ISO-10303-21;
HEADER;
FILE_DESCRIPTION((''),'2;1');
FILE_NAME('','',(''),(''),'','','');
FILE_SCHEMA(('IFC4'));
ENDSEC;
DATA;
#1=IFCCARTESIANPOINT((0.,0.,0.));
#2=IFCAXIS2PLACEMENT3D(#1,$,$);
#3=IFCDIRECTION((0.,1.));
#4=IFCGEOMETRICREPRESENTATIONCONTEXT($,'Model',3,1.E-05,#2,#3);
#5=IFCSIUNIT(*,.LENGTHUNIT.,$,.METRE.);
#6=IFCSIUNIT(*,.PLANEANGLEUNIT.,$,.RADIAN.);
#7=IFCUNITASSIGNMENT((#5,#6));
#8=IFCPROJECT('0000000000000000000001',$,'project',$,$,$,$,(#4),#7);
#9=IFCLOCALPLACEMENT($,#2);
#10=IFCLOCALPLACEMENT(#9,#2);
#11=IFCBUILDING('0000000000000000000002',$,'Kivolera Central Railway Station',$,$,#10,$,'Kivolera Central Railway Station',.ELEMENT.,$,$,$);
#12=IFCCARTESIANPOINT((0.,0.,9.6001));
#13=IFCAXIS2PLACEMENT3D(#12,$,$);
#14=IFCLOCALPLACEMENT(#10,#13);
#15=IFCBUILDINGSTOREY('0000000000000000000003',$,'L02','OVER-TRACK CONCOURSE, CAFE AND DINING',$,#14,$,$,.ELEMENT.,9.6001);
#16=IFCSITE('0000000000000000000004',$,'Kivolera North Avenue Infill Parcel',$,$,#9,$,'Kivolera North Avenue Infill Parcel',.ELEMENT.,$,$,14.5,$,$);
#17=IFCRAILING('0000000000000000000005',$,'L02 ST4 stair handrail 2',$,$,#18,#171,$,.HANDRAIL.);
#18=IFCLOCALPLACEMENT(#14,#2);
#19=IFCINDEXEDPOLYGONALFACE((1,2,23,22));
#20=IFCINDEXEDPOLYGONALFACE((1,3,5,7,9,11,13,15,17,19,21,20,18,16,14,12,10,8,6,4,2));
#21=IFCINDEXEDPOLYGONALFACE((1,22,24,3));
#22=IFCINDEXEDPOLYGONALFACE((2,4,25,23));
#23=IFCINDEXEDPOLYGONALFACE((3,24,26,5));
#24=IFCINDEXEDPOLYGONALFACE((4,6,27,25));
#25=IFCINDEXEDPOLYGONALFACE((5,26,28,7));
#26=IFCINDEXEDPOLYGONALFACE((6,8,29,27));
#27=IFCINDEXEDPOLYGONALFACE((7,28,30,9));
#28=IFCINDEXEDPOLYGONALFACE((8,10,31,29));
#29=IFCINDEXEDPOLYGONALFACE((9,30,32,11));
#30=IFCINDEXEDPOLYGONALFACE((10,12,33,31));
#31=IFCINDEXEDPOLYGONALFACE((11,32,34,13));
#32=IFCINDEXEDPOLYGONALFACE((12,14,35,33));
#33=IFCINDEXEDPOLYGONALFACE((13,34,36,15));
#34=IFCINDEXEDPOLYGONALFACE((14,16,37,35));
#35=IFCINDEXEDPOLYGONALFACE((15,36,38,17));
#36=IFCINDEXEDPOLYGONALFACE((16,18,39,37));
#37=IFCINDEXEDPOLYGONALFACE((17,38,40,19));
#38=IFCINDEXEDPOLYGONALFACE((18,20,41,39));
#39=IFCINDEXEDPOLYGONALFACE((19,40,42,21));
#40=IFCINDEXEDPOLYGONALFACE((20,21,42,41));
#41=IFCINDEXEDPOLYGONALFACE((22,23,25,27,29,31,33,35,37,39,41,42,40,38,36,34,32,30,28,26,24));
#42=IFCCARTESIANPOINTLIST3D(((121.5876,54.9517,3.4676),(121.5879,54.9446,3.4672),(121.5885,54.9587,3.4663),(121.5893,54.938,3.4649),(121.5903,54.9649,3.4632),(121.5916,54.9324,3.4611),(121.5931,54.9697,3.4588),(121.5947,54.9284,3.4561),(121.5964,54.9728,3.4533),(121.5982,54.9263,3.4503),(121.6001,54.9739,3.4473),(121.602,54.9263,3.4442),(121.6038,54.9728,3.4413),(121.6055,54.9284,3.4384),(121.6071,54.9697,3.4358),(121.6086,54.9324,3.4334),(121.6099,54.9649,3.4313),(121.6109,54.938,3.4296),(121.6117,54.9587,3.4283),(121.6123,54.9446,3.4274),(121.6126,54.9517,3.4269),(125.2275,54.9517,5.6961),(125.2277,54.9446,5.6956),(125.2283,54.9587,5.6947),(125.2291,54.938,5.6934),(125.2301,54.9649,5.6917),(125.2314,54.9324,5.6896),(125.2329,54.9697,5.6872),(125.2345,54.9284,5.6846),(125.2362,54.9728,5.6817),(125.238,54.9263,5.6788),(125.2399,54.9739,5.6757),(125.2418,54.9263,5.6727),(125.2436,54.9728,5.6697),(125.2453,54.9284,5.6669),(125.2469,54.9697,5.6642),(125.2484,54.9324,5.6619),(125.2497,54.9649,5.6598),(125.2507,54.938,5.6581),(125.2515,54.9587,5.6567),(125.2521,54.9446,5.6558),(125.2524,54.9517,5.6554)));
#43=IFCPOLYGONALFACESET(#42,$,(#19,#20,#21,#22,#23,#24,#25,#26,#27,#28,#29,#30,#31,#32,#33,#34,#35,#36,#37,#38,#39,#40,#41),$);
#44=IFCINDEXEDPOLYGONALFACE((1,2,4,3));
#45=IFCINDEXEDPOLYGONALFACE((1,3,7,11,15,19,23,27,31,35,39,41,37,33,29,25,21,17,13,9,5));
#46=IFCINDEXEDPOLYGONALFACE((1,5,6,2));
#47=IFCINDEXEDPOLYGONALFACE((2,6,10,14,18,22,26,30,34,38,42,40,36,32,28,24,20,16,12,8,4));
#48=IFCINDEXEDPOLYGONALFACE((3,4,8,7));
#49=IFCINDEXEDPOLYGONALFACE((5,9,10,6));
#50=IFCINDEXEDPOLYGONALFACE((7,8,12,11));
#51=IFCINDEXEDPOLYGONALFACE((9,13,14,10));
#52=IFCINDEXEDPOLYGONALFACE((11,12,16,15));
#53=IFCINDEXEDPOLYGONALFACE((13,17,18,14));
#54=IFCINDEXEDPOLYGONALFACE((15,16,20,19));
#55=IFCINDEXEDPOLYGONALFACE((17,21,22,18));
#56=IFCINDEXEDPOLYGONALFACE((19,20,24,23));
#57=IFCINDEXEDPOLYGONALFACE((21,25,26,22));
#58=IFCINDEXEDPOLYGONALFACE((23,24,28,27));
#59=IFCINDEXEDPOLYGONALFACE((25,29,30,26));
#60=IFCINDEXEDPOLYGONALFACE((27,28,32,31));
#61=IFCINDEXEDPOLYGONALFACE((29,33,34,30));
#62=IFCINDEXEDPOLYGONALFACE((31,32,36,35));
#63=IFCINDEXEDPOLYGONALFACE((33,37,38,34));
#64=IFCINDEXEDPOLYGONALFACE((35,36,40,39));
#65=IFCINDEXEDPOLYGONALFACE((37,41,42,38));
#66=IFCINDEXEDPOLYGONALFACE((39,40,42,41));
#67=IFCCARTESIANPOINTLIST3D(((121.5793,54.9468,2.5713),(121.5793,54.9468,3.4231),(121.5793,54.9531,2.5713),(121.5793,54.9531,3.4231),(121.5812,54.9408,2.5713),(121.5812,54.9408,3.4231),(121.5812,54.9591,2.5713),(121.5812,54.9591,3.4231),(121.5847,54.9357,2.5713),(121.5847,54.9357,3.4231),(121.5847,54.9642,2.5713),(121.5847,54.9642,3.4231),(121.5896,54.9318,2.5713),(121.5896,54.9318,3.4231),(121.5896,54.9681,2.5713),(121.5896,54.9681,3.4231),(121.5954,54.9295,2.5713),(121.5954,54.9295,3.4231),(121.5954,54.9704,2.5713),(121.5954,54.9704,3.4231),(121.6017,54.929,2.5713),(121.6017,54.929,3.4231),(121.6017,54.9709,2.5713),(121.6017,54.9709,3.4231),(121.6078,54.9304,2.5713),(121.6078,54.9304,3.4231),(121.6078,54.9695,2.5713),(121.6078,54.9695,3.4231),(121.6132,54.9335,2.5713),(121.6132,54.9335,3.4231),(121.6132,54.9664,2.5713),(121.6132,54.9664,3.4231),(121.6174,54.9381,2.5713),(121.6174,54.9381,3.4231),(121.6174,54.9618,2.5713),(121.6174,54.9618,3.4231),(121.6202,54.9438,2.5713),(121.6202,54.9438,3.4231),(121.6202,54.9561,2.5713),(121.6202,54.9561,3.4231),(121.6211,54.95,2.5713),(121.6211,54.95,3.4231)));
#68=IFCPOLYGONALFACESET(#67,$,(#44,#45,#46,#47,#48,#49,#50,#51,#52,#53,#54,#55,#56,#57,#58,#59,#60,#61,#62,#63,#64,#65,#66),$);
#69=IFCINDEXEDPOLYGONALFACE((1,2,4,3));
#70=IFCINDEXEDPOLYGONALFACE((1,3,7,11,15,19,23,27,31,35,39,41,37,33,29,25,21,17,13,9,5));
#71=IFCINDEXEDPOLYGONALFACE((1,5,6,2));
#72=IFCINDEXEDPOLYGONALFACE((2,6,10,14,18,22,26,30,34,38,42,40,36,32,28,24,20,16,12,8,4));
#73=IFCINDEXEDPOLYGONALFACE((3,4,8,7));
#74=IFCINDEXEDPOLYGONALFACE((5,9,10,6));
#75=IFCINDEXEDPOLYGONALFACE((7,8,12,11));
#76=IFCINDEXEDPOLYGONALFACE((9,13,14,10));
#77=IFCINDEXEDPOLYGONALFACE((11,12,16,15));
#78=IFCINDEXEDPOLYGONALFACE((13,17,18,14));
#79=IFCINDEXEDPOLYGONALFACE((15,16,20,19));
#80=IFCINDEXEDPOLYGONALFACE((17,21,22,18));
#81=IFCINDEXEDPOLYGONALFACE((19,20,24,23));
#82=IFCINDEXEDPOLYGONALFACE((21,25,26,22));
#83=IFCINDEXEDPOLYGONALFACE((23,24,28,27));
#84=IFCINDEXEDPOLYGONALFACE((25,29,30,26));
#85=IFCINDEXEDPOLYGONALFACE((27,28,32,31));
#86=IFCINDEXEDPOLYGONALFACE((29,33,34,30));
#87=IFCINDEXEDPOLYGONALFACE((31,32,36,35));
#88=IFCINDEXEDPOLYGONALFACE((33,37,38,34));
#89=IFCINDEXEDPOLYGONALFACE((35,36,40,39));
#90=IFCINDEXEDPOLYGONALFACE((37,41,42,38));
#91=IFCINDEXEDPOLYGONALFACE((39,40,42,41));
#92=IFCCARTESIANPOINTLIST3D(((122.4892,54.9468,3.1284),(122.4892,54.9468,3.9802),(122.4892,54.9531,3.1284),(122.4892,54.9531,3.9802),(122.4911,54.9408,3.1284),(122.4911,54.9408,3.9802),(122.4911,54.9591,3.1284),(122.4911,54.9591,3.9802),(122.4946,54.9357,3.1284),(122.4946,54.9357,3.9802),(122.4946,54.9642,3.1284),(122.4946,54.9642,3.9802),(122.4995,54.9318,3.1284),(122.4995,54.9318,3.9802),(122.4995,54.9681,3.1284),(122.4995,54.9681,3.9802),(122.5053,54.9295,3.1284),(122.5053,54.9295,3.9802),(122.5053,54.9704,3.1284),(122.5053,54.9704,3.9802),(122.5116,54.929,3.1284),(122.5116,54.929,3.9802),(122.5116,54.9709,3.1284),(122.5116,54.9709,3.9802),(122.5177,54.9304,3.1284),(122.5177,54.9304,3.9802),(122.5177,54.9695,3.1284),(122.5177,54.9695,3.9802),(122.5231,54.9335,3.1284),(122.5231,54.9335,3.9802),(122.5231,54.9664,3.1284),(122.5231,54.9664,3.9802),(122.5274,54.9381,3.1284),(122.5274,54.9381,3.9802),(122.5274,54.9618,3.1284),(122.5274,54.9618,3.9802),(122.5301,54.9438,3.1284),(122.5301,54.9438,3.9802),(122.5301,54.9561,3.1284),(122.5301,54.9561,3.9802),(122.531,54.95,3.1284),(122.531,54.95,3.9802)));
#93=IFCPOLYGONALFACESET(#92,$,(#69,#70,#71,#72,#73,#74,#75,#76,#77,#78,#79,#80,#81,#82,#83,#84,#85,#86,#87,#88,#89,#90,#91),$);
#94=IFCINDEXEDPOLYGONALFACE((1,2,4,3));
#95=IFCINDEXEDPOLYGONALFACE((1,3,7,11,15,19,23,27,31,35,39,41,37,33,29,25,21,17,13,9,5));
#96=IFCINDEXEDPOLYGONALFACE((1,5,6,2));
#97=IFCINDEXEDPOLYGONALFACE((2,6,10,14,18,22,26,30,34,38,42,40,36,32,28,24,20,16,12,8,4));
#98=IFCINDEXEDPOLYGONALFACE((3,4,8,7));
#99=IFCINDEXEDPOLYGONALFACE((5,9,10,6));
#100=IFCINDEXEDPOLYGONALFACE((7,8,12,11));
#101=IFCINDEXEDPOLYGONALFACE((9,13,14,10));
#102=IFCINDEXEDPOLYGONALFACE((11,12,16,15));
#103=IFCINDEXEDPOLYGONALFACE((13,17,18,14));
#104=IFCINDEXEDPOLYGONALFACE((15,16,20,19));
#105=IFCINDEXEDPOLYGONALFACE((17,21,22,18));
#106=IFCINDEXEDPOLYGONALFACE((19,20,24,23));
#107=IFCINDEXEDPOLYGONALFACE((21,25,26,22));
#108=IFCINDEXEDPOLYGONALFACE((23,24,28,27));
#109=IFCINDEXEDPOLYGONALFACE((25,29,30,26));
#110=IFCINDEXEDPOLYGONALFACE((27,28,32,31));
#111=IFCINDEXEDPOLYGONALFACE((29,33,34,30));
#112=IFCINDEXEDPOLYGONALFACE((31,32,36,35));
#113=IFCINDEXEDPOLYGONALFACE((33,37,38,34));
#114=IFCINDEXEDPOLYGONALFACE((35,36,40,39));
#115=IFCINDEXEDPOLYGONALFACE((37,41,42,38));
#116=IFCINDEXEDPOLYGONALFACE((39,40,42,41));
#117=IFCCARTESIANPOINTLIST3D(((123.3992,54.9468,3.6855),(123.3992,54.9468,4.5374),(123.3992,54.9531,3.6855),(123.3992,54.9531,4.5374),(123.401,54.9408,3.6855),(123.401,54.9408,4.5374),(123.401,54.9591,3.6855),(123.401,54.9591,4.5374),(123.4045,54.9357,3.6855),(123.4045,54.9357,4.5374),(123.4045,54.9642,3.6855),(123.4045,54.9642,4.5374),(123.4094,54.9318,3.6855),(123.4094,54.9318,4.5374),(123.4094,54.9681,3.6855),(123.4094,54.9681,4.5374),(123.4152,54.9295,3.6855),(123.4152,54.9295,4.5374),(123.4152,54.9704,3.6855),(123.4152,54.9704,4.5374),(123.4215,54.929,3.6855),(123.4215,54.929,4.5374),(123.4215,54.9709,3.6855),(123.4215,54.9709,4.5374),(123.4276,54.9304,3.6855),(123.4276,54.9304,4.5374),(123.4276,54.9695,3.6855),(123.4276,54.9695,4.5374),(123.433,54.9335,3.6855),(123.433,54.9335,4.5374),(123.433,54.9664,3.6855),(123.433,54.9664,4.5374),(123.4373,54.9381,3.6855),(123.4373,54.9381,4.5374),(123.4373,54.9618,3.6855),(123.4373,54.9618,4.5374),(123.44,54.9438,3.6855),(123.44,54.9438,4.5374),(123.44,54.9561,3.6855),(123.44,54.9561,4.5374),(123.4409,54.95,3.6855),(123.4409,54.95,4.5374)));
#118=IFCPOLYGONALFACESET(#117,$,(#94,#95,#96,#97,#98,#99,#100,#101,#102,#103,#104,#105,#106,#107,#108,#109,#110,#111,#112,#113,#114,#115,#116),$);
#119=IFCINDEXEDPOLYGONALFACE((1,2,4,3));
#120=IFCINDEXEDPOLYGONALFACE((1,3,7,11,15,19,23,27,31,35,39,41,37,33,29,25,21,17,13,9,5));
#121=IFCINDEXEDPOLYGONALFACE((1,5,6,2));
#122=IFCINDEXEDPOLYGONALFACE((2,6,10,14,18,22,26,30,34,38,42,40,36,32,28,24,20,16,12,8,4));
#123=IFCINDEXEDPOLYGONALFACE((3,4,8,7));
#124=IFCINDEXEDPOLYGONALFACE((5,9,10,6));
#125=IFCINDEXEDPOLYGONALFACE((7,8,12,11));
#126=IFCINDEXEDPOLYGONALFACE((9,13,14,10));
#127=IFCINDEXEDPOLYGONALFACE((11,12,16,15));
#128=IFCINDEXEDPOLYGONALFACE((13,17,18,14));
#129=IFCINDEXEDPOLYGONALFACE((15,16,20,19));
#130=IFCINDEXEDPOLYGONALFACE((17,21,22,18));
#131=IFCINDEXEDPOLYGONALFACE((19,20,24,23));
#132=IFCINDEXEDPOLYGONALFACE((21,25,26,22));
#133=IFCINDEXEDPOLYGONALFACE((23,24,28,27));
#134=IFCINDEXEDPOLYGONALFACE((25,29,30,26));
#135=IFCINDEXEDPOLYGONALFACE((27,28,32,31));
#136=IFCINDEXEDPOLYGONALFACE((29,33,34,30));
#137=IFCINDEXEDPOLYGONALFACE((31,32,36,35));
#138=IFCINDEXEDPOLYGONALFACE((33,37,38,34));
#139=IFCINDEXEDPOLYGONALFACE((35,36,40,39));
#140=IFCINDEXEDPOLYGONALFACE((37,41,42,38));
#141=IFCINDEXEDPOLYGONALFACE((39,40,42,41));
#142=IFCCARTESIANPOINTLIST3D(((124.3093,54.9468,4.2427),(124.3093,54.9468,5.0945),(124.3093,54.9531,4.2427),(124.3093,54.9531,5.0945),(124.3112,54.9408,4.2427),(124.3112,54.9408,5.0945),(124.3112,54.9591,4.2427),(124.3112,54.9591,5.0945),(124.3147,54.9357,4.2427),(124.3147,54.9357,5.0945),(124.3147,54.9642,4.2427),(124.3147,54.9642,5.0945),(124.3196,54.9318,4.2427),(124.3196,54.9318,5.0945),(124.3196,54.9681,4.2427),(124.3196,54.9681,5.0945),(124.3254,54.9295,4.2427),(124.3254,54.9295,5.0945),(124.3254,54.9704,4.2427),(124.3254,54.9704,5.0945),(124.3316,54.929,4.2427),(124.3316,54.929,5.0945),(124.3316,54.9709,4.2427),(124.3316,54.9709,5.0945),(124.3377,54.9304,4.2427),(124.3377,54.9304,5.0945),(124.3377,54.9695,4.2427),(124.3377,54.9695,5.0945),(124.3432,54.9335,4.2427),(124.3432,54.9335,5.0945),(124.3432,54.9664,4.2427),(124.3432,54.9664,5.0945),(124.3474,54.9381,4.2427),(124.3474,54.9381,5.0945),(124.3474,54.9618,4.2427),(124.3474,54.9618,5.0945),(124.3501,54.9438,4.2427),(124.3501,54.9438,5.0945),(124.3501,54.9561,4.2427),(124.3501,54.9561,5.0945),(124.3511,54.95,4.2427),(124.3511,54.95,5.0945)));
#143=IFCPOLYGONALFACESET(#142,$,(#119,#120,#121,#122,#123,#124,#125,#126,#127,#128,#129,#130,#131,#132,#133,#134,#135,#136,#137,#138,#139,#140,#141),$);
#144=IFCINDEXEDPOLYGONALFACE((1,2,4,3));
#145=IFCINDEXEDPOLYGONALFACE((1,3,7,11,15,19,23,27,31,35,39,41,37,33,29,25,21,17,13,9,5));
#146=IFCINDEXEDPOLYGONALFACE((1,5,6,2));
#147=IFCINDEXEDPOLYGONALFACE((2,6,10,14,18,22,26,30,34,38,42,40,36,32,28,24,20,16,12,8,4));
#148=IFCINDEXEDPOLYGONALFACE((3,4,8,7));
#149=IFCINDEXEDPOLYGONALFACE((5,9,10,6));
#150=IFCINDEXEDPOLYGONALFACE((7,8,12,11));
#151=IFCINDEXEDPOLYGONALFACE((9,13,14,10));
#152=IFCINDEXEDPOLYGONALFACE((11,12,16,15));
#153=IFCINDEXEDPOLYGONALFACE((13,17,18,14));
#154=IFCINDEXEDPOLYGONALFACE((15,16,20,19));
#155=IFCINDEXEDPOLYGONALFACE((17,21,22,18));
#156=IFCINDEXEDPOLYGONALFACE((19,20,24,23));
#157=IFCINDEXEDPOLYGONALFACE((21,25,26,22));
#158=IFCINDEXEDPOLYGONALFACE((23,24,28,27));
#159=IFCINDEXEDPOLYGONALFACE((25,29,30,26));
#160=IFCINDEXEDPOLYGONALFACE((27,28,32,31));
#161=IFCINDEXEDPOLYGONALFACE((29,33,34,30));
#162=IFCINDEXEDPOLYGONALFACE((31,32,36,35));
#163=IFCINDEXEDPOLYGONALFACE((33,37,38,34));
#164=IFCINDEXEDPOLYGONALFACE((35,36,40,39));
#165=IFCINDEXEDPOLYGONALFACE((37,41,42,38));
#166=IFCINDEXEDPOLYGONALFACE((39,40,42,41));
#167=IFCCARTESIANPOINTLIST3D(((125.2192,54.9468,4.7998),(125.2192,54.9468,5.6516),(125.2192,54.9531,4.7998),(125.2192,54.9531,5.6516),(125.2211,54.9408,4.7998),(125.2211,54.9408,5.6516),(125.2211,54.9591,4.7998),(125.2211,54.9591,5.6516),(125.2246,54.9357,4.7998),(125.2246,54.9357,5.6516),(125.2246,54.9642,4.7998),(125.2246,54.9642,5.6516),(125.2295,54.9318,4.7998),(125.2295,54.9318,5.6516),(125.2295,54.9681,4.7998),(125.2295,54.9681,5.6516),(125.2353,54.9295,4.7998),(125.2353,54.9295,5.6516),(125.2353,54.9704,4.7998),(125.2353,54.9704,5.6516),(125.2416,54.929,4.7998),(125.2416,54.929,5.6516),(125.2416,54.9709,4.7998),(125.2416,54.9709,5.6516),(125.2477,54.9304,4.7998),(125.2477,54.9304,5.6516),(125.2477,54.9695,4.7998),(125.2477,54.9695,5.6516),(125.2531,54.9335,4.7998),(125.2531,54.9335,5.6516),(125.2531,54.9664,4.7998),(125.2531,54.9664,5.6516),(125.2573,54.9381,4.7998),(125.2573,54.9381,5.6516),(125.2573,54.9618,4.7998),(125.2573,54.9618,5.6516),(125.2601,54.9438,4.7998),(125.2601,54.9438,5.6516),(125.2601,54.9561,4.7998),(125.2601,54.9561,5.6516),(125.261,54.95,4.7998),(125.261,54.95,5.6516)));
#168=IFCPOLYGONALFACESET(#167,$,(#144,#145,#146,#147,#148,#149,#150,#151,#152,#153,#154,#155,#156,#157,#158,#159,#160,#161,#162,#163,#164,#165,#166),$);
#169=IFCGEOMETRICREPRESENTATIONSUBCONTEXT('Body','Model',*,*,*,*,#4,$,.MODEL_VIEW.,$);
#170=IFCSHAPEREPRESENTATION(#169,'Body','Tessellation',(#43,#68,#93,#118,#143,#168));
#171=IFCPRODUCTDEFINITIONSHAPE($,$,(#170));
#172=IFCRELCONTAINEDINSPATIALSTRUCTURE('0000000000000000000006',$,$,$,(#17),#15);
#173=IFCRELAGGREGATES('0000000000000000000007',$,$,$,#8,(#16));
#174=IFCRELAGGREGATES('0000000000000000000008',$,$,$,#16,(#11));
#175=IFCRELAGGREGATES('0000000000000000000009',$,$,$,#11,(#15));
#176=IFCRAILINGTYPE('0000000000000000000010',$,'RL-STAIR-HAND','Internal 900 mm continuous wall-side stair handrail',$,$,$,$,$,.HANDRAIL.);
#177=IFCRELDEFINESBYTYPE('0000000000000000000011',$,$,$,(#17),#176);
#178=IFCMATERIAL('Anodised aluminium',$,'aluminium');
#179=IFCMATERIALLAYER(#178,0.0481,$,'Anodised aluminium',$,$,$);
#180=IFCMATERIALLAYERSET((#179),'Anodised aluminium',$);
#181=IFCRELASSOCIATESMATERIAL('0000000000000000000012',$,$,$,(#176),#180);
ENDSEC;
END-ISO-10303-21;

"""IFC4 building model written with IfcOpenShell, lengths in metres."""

from ifc_helpers import new_model, si_unit, direction, frame, origin, origin_2d, place, context, subcontext, project, spatial, circle, extrude, material, layer, layer_set, type_object, element, save


model = new_model("IFC4")

# Units and contexts
model_context = context("Model", 3, precision=1e-05, world=origin(), true_north=direction((0.0, 1.0)))
body_context = subcontext(model_context, "Body", "Model", "MODEL_VIEW")
ifc_project = project(units=[si_unit("LENGTHUNIT", "METRE"), si_unit("PLANEANGLEUNIT", "RADIAN")], contexts=[model_context])

# Site, building, storey
site_placement = place(None, origin())
site = spatial("IfcSite", under=ifc_project, at=site_placement, Name="Kivolera North Avenue Infill Parcel", LongName="Kivolera North Avenue Infill Parcel", CompositionType="ELEMENT", RefElevation=14.5)
building_placement = place(site_placement, origin())
building = spatial("IfcBuilding", under=site, at=building_placement, Name="Kivolera Central Railway Station", LongName="Kivolera Central Railway Station", CompositionType="ELEMENT")
storey_placement = place(building_placement, frame((0.0, 0.0, 9.6001)))
storey = spatial("IfcBuildingStorey", under=building, at=storey_placement, Name="L02", Description="OVER-TRACK CONCOURSE, CAFE AND DINING", CompositionType="ELEMENT", Elevation=9.6001)

# Shared definitions
ifc_material_1 = material(Name="Anodised aluminium", Category="aluminium")

# Railing
ifc_layer_1 = layer(ifc_material_1, 0.0481, Name="Anodised aluminium")
ifc_layer_set_1 = layer_set([ifc_layer_1], Name="Anodised aluminium")
railing_type_1 = type_object("IfcRailingType", Name="RL-STAIR-HAND", Description="Internal 900 mm continuous wall-side stair handrail", PredefinedType="HANDRAIL", material=ifc_layer_set_1)
railing_1_placement = place(storey_placement, frame((121.6001, 54.95, 2.5713)))
element("IfcRailing", 1, at=railing_1_placement, inside=storey, type_object=railing_type_1, Name="L02 ST4 stair handrail 2", PredefinedType="HANDRAIL", context=body_context, shape_type="SweptSolid", body=[
    extrude(circle(Radius=0.0239, at=origin_2d()), frame((0.0, 0.0, 0.876), z_axis=(0.85285, 0.0, 0.522156), x_axis=(0.0, 1.0, 0.0)), (0.0, 0.0, 1.0), 4.2678),
    extrude(circle(Radius=0.021, at=origin_2d()), origin(), (0.0, 0.0, 1.0), 0.8518),
    extrude(circle(Radius=0.021, at=origin_2d()), frame((0.9099, 0.0, 0.5571)), (0.0, 0.0, 1.0), 0.8518),
    extrude(circle(Radius=0.021, at=origin_2d()), frame((1.8198, 0.0, 1.1143)), (0.0, 0.0, 1.0), 0.8518),
    extrude(circle(Radius=0.021, at=origin_2d()), frame((2.73, 0.0, 1.6714)), (0.0, 0.0, 1.0), 0.8518),
    extrude(circle(Radius=0.021, at=origin_2d()), frame((3.6399, 0.0, 2.2285)), (0.0, 0.0, 1.0), 0.8518),
])

save(model, "model.ifc")
